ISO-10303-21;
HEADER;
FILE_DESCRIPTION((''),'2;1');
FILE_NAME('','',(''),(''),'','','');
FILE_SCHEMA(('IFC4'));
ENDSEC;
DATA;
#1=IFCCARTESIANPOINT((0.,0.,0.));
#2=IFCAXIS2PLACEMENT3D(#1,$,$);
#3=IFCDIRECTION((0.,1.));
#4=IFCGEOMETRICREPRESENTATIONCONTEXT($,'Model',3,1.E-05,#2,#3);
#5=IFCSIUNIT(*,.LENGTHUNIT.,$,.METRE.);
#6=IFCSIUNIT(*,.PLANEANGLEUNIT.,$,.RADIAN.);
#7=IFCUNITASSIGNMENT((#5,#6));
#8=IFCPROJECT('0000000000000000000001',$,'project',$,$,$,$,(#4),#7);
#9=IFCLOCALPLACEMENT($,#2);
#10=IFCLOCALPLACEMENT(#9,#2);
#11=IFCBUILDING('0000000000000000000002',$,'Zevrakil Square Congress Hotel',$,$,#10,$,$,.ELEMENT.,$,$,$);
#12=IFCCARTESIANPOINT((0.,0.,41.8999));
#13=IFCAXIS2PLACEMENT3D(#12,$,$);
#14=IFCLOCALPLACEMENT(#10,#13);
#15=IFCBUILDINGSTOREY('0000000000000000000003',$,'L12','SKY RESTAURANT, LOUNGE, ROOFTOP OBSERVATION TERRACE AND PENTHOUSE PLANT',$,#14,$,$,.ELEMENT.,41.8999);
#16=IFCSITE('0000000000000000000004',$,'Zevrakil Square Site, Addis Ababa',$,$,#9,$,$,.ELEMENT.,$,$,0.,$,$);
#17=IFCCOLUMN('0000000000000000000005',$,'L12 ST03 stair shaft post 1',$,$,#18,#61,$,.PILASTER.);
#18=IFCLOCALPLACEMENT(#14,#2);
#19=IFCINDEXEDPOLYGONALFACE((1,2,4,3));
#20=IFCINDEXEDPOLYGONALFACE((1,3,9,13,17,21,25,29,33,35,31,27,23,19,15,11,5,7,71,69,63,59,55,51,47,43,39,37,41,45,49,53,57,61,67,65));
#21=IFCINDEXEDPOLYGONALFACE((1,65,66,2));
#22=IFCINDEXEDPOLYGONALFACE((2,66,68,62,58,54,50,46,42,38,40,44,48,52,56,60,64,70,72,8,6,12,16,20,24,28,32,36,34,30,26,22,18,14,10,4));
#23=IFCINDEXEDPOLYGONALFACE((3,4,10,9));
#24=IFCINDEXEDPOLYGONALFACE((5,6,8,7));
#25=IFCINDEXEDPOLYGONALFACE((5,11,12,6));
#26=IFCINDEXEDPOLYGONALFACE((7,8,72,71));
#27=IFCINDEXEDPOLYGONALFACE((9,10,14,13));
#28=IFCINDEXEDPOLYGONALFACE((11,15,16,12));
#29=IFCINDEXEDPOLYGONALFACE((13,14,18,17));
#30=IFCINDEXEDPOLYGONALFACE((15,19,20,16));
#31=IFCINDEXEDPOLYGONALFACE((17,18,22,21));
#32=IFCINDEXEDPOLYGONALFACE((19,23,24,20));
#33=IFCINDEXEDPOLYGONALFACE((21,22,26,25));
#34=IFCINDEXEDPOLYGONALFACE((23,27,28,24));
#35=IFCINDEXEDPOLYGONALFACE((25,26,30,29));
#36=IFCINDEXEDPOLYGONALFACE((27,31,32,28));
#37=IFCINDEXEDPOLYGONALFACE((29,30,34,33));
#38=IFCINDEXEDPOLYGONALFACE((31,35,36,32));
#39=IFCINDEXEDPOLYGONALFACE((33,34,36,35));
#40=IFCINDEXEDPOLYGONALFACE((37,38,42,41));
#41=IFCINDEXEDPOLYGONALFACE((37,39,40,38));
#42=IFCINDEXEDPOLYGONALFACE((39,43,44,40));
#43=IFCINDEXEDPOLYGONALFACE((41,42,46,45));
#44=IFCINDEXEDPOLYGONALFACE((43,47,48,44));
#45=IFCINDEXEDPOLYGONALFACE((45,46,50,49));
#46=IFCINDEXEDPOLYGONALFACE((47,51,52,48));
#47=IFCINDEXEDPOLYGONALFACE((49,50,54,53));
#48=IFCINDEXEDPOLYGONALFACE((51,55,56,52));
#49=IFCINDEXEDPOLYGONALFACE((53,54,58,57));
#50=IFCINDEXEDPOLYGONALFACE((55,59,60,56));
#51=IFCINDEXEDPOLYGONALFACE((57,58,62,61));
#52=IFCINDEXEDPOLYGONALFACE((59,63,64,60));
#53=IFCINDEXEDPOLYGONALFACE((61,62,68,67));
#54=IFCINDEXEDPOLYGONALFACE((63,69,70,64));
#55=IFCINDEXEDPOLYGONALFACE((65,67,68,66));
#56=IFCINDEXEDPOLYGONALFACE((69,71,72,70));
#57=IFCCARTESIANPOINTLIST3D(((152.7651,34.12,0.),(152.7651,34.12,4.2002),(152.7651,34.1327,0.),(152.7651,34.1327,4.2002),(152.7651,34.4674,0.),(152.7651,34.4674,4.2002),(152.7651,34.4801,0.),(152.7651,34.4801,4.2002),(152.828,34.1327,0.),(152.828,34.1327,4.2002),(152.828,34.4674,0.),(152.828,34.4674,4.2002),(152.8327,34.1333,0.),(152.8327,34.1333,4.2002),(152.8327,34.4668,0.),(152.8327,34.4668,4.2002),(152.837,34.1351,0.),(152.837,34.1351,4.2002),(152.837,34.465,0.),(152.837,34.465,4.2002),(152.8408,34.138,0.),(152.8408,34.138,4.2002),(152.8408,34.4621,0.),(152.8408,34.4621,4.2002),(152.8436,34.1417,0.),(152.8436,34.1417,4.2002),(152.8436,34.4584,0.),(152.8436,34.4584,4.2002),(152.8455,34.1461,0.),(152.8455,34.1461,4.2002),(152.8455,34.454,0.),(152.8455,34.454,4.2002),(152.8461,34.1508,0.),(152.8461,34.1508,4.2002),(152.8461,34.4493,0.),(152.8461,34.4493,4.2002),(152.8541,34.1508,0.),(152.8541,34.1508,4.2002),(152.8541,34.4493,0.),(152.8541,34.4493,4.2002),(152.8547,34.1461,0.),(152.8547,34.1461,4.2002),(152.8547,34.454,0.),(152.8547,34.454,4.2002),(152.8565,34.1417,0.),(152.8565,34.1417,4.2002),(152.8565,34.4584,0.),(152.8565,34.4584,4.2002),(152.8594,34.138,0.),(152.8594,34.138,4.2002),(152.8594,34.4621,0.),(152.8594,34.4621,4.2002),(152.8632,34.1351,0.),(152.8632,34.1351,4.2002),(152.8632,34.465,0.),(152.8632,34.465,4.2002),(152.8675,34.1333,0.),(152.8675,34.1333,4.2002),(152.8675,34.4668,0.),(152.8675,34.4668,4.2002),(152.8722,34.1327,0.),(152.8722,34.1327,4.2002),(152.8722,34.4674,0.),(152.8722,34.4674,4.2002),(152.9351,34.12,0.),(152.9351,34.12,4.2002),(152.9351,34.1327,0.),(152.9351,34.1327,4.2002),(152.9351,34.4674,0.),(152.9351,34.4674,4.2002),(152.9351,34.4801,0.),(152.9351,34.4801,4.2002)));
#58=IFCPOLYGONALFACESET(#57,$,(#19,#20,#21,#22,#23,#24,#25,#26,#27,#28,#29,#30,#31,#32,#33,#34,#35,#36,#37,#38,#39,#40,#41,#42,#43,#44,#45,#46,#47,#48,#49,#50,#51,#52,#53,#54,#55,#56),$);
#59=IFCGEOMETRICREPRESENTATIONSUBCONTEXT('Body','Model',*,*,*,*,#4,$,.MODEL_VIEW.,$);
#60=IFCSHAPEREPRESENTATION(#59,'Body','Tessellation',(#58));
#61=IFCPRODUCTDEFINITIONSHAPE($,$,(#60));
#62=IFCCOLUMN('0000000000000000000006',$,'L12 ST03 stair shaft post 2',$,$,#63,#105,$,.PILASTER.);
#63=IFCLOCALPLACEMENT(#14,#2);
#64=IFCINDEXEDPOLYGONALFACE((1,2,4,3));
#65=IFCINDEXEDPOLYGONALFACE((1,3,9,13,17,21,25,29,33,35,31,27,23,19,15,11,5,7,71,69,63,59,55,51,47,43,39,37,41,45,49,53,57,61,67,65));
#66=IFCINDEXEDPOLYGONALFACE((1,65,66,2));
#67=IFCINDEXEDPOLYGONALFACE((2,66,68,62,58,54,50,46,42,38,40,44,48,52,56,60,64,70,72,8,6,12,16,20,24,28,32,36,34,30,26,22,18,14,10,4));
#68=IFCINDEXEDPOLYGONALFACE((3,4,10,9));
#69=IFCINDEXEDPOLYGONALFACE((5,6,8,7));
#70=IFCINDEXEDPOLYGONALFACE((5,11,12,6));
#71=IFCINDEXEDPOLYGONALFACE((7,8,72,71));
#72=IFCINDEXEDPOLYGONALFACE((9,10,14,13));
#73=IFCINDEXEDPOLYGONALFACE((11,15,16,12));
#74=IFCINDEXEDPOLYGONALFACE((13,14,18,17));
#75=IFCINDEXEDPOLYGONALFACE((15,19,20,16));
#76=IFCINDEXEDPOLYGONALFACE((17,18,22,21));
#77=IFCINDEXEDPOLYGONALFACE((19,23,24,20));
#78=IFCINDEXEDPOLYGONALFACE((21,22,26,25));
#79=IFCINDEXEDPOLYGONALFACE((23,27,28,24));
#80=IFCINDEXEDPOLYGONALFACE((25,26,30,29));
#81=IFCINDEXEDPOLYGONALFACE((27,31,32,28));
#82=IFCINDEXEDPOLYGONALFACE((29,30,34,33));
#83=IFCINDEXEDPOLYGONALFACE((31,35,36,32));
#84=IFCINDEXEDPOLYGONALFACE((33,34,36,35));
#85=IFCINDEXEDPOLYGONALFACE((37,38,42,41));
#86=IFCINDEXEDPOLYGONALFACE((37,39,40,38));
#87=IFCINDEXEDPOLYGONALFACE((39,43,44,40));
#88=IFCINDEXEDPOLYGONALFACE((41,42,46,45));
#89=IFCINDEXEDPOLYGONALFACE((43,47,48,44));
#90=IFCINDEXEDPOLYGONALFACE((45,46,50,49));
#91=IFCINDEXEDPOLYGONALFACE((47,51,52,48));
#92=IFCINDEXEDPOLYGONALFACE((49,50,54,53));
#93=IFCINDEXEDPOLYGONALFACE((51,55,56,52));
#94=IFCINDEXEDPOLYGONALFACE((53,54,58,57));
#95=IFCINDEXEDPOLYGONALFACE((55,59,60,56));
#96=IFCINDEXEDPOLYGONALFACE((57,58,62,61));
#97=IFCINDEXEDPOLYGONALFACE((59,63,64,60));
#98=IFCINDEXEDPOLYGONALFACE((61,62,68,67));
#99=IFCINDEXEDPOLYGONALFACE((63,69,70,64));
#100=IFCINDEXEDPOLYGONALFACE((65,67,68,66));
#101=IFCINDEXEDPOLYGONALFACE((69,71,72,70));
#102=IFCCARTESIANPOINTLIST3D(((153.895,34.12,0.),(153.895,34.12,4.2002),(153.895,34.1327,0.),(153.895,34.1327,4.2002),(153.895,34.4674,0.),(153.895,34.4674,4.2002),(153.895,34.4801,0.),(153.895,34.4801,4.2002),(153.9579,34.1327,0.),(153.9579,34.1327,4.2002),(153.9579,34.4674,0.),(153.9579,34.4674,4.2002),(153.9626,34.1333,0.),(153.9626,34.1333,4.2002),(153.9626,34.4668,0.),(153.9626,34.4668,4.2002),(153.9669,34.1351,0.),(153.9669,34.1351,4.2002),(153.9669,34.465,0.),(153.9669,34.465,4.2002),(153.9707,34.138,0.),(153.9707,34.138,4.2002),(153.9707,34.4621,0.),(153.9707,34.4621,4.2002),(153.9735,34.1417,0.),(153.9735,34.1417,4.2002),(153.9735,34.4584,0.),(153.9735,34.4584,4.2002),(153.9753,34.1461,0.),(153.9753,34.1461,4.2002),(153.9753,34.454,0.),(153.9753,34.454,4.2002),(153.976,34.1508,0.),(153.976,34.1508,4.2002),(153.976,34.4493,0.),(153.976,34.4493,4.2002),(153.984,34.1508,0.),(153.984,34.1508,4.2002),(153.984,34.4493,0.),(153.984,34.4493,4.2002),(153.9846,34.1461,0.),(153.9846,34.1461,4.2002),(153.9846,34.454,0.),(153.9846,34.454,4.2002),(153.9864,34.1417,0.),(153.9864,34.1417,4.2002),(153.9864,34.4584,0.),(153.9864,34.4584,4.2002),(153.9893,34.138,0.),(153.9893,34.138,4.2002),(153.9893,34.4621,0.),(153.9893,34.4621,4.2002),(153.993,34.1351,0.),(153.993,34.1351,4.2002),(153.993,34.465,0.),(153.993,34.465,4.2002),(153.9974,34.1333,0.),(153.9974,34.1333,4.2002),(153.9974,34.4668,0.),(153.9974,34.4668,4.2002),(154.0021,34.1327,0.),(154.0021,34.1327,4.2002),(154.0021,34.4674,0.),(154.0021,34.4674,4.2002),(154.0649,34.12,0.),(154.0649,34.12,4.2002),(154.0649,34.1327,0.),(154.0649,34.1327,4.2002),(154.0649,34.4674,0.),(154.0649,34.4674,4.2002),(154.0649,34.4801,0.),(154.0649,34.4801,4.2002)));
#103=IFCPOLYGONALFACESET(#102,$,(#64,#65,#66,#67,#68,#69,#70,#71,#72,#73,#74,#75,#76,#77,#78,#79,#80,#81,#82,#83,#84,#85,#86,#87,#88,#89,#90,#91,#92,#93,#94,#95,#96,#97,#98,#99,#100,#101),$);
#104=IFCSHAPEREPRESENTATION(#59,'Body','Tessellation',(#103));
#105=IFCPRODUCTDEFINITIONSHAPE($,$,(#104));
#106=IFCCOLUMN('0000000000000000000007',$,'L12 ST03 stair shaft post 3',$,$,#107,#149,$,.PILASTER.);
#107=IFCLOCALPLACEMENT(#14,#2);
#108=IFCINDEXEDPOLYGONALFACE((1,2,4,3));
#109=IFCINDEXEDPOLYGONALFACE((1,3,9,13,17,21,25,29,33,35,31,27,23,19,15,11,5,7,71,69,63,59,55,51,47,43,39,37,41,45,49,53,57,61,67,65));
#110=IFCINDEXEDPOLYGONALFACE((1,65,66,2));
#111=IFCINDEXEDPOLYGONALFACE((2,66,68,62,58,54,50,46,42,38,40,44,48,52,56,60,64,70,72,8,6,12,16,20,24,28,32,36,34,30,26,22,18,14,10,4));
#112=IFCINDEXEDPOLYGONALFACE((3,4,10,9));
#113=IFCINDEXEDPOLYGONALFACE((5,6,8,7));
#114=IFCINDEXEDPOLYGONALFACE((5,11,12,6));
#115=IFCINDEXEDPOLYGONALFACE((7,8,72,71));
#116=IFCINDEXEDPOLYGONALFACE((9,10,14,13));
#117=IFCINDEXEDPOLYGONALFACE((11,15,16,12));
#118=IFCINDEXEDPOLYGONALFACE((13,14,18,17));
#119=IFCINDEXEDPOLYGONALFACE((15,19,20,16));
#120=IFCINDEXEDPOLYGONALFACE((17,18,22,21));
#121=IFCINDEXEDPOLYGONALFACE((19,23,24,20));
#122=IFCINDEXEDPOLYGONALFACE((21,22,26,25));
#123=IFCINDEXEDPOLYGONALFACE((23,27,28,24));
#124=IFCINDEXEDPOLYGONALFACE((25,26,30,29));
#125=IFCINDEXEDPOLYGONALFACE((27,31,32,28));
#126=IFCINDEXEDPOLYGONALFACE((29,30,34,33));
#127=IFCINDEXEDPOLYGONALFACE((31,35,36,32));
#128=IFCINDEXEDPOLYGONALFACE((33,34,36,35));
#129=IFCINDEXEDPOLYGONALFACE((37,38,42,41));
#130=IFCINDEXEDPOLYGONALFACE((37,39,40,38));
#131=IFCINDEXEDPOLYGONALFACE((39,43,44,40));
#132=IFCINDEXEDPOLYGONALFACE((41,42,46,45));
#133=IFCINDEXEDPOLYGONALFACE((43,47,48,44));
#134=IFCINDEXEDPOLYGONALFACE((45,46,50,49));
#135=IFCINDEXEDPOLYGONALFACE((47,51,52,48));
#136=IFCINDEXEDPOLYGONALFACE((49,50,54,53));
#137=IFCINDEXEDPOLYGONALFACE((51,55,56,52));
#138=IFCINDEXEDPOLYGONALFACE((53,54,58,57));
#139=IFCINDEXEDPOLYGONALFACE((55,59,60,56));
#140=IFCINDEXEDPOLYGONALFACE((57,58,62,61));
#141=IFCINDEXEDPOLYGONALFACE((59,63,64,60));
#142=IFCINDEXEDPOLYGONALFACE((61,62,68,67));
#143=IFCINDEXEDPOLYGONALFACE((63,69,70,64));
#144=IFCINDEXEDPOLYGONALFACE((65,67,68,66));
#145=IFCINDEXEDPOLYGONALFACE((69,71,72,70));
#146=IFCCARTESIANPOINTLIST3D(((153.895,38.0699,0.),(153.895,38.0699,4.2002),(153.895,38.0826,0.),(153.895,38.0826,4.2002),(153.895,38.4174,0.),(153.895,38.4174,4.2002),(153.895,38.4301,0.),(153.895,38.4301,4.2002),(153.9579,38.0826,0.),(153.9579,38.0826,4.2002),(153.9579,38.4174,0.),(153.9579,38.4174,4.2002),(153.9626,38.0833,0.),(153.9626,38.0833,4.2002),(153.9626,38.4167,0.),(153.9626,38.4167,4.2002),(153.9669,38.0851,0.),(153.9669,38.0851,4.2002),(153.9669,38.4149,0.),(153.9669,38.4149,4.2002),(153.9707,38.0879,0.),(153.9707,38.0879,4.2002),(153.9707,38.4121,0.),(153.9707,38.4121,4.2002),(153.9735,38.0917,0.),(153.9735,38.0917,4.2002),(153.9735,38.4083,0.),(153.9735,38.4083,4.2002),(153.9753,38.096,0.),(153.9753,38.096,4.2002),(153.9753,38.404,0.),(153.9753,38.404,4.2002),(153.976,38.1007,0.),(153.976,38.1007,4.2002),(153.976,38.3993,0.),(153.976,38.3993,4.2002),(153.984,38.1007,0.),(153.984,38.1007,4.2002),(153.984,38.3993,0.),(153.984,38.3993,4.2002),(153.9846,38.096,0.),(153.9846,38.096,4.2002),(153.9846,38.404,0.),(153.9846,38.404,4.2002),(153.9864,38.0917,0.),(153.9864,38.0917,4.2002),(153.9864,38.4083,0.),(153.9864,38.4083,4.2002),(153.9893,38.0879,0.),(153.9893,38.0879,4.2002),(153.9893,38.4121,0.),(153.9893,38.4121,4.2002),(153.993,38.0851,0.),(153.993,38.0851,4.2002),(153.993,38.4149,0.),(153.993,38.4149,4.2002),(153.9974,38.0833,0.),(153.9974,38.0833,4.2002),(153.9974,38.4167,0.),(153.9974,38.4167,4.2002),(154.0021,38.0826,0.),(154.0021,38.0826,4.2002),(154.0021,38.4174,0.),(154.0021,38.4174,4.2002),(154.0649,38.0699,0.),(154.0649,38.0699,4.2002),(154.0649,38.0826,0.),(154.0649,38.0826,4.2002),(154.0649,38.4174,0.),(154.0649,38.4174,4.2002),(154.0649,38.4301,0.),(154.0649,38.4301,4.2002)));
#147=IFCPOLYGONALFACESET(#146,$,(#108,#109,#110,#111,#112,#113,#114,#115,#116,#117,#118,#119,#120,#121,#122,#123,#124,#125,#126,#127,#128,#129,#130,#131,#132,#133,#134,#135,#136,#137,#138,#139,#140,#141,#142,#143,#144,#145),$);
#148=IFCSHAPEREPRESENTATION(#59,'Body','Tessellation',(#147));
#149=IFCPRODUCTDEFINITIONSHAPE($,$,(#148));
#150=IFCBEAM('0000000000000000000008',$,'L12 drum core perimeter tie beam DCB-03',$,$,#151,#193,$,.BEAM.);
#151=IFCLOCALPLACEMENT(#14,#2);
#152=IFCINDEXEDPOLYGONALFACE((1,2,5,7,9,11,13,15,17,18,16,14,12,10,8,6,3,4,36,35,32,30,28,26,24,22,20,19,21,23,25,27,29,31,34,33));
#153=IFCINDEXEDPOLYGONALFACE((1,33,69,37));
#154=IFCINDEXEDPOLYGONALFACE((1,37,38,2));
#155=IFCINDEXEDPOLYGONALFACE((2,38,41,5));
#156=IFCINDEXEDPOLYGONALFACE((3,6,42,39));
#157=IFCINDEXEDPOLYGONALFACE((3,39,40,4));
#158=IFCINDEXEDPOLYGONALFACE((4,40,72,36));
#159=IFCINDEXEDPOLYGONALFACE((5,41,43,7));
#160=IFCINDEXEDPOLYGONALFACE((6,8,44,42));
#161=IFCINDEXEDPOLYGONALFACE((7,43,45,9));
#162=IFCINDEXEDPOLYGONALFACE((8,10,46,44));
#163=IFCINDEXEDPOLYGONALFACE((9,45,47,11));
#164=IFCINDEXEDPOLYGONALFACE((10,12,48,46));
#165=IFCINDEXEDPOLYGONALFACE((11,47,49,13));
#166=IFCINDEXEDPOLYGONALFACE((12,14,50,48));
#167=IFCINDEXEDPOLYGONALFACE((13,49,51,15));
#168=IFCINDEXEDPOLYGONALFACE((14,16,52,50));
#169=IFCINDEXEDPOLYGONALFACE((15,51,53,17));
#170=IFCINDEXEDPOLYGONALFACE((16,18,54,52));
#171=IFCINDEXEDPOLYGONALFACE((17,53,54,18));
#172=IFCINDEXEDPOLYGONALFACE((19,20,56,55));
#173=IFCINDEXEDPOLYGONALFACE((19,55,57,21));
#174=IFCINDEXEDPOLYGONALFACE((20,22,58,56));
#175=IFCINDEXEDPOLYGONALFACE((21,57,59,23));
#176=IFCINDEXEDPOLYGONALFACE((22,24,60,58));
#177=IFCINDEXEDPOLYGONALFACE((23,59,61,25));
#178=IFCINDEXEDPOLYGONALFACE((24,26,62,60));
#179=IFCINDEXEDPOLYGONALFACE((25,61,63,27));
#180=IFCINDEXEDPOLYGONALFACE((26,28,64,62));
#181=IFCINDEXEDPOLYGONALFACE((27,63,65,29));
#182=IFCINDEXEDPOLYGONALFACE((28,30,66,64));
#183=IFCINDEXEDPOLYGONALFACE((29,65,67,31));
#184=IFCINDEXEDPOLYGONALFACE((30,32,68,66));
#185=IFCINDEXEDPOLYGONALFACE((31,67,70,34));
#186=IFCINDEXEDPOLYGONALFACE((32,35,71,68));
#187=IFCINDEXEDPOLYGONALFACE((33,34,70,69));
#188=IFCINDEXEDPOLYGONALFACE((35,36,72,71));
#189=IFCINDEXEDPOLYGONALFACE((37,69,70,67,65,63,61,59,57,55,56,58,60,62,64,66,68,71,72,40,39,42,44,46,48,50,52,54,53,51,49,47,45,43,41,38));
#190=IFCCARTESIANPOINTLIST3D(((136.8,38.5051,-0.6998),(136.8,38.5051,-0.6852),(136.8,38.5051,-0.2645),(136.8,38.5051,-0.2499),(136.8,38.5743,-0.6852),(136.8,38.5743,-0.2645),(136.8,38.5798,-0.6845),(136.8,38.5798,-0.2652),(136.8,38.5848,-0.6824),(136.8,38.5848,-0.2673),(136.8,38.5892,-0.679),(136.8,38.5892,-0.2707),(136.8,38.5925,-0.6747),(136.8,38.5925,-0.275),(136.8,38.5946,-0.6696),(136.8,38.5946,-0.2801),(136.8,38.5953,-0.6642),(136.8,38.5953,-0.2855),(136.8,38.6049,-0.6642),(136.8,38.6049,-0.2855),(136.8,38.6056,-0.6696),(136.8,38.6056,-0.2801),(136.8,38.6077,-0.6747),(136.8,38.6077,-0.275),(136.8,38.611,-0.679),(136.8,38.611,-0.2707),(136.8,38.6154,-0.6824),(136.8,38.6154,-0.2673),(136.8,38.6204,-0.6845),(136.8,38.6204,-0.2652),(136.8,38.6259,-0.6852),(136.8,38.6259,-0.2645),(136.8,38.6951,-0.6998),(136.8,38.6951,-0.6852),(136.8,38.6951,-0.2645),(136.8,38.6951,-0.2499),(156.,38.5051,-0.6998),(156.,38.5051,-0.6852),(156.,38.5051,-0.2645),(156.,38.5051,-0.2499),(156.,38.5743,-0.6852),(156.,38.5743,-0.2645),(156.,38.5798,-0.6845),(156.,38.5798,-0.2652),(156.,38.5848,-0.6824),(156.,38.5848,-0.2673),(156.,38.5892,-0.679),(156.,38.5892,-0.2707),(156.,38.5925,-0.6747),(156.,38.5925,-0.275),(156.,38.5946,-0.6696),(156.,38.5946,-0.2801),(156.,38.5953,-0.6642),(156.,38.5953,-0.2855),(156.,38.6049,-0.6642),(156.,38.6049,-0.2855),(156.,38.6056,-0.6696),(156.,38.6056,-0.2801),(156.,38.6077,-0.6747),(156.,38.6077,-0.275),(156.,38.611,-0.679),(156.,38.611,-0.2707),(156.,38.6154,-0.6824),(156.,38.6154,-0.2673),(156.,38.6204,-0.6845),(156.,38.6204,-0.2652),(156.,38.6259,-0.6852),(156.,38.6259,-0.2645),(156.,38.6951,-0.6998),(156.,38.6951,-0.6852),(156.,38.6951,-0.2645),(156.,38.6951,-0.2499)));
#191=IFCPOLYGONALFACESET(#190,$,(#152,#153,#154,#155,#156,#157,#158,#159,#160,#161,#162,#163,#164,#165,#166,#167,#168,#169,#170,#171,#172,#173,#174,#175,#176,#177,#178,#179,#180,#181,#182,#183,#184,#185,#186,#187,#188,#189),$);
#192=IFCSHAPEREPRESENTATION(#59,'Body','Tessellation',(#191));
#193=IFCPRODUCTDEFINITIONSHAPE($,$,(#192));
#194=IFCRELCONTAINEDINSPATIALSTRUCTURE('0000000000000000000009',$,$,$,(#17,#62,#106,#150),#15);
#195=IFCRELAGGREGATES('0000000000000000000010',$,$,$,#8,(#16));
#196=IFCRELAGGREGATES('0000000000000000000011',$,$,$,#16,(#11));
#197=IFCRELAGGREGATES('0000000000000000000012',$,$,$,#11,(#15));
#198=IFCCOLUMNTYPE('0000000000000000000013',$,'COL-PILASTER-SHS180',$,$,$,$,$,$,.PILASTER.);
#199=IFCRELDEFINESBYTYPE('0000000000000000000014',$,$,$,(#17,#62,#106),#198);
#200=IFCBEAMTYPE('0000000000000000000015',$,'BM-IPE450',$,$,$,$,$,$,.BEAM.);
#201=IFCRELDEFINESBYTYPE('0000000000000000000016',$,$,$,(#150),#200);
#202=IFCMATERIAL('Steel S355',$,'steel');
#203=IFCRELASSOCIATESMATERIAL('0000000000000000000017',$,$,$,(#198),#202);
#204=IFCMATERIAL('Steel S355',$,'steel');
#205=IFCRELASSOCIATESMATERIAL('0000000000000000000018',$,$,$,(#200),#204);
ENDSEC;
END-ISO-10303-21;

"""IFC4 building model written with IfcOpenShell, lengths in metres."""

from ifc_helpers import new_model, si_unit, direction, frame, origin, origin_2d, place, context, subcontext, project, spatial, i_section, extrude, material, material_profile, profile_set, type_object, element, save


model = new_model("IFC4")

# Units and contexts
model_context = context("Model", 3, precision=1e-05, world=origin(), true_north=direction((0.0, 1.0)))
body_context = subcontext(model_context, "Body", "Model", "MODEL_VIEW")
ifc_project = project(units=[si_unit("LENGTHUNIT", "METRE"), si_unit("PLANEANGLEUNIT", "RADIAN")], contexts=[model_context])

# Site, building, storey
site_placement = place(None, origin())
site = spatial("IfcSite", under=ifc_project, at=site_placement, Name="Zevrakil Square Site, Addis Ababa", CompositionType="ELEMENT", RefElevation=0.0)
building_placement = place(site_placement, origin())
building = spatial("IfcBuilding", under=site, at=building_placement, Name="Zevrakil Square Congress Hotel", CompositionType="ELEMENT")
storey_placement = place(building_placement, frame((0.0, 0.0, 41.8999)))
storey = spatial("IfcBuildingStorey", under=building, at=storey_placement, Name="L12", Description="SKY RESTAURANT, LOUNGE, ROOFTOP OBSERVATION TERRACE AND PENTHOUSE PLANT", CompositionType="ELEMENT", Elevation=41.8999)

# Columns
ifc_material_1 = material(Name="Steel S355", Category="steel")
ifc_material_profile_1 = material_profile(ifc_material_1, i_section(OverallWidth=0.1699, OverallDepth=0.3601, WebThickness=0.0081, FlangeThickness=0.0127, FilletRadius=0.0181, at=origin_2d()), Name="IPE 360")
ifc_profile_set_1 = profile_set([ifc_material_profile_1], Name="Steel S355")
column_type_1 = type_object("IfcColumnType", Name="COL-PILASTER-SHS180", PredefinedType="PILASTER", material=ifc_profile_set_1)
for number, where, z_axis, x_axis, name in (
    (1, (152.8501, 34.3, 0.0), (0.0, 0.0, 1.0), (1.0, 0.0, 0.0), "L12 ST03 stair shaft post 1"),
    (2, (153.98, 34.3, 0.0), (0.0, 0.0, 1.0), (1.0, 0.0, 0.0), "L12 ST03 stair shaft post 2"),
    (3, (153.98, 38.25, 0.0), (0.0, 0.0, 1.0), (1.0, 0.0, 0.0), "L12 ST03 stair shaft post 3"),
):
    element("IfcColumn", number, at=place(storey_placement, frame(where, z_axis=z_axis, x_axis=x_axis)), inside=storey, type_object=column_type_1, Name=name, PredefinedType="PILASTER", context=body_context, shape_type="SweptSolid", body=[
        extrude(i_section(OverallWidth=0.1699, OverallDepth=0.3601, WebThickness=0.0081, FlangeThickness=0.0127, FilletRadius=0.0181, at=origin_2d()), origin(), (0.0, 0.0, 1.0), 4.2002),
    ])

# Beam
ifc_material_2 = material(Name="Steel S355", Category="steel")
ifc_material_profile_2 = material_profile(ifc_material_2, i_section(OverallWidth=0.1899, OverallDepth=0.45, WebThickness=0.0095, FlangeThickness=0.0146, FilletRadius=0.021, at=origin_2d()), Name="IPE 450")
ifc_profile_set_2 = profile_set([ifc_material_profile_2], Name="Steel S355")
beam_type_1 = type_object("IfcBeamType", Name="BM-IPE450", PredefinedType="BEAM", material=ifc_profile_set_2)
beam_placement = place(storey_placement, frame((156.0, 38.6001, -0.4749), z_axis=(-1.0, 0.0, 0.0), x_axis=(0.0, -1.0, 0.0)))
element("IfcBeam", 4, at=beam_placement, inside=storey, type_object=beam_type_1, Name="L12 drum core perimeter tie beam DCB-03", PredefinedType="BEAM", context=body_context, shape_type="SweptSolid", body=[
    extrude(i_section(OverallWidth=0.1899, OverallDepth=0.45, WebThickness=0.0095, FlangeThickness=0.0146, FilletRadius=0.021, at=origin_2d()), origin(), (0.0, 0.0, 1.0), 19.2),
])

save(model, "model.ifc")
